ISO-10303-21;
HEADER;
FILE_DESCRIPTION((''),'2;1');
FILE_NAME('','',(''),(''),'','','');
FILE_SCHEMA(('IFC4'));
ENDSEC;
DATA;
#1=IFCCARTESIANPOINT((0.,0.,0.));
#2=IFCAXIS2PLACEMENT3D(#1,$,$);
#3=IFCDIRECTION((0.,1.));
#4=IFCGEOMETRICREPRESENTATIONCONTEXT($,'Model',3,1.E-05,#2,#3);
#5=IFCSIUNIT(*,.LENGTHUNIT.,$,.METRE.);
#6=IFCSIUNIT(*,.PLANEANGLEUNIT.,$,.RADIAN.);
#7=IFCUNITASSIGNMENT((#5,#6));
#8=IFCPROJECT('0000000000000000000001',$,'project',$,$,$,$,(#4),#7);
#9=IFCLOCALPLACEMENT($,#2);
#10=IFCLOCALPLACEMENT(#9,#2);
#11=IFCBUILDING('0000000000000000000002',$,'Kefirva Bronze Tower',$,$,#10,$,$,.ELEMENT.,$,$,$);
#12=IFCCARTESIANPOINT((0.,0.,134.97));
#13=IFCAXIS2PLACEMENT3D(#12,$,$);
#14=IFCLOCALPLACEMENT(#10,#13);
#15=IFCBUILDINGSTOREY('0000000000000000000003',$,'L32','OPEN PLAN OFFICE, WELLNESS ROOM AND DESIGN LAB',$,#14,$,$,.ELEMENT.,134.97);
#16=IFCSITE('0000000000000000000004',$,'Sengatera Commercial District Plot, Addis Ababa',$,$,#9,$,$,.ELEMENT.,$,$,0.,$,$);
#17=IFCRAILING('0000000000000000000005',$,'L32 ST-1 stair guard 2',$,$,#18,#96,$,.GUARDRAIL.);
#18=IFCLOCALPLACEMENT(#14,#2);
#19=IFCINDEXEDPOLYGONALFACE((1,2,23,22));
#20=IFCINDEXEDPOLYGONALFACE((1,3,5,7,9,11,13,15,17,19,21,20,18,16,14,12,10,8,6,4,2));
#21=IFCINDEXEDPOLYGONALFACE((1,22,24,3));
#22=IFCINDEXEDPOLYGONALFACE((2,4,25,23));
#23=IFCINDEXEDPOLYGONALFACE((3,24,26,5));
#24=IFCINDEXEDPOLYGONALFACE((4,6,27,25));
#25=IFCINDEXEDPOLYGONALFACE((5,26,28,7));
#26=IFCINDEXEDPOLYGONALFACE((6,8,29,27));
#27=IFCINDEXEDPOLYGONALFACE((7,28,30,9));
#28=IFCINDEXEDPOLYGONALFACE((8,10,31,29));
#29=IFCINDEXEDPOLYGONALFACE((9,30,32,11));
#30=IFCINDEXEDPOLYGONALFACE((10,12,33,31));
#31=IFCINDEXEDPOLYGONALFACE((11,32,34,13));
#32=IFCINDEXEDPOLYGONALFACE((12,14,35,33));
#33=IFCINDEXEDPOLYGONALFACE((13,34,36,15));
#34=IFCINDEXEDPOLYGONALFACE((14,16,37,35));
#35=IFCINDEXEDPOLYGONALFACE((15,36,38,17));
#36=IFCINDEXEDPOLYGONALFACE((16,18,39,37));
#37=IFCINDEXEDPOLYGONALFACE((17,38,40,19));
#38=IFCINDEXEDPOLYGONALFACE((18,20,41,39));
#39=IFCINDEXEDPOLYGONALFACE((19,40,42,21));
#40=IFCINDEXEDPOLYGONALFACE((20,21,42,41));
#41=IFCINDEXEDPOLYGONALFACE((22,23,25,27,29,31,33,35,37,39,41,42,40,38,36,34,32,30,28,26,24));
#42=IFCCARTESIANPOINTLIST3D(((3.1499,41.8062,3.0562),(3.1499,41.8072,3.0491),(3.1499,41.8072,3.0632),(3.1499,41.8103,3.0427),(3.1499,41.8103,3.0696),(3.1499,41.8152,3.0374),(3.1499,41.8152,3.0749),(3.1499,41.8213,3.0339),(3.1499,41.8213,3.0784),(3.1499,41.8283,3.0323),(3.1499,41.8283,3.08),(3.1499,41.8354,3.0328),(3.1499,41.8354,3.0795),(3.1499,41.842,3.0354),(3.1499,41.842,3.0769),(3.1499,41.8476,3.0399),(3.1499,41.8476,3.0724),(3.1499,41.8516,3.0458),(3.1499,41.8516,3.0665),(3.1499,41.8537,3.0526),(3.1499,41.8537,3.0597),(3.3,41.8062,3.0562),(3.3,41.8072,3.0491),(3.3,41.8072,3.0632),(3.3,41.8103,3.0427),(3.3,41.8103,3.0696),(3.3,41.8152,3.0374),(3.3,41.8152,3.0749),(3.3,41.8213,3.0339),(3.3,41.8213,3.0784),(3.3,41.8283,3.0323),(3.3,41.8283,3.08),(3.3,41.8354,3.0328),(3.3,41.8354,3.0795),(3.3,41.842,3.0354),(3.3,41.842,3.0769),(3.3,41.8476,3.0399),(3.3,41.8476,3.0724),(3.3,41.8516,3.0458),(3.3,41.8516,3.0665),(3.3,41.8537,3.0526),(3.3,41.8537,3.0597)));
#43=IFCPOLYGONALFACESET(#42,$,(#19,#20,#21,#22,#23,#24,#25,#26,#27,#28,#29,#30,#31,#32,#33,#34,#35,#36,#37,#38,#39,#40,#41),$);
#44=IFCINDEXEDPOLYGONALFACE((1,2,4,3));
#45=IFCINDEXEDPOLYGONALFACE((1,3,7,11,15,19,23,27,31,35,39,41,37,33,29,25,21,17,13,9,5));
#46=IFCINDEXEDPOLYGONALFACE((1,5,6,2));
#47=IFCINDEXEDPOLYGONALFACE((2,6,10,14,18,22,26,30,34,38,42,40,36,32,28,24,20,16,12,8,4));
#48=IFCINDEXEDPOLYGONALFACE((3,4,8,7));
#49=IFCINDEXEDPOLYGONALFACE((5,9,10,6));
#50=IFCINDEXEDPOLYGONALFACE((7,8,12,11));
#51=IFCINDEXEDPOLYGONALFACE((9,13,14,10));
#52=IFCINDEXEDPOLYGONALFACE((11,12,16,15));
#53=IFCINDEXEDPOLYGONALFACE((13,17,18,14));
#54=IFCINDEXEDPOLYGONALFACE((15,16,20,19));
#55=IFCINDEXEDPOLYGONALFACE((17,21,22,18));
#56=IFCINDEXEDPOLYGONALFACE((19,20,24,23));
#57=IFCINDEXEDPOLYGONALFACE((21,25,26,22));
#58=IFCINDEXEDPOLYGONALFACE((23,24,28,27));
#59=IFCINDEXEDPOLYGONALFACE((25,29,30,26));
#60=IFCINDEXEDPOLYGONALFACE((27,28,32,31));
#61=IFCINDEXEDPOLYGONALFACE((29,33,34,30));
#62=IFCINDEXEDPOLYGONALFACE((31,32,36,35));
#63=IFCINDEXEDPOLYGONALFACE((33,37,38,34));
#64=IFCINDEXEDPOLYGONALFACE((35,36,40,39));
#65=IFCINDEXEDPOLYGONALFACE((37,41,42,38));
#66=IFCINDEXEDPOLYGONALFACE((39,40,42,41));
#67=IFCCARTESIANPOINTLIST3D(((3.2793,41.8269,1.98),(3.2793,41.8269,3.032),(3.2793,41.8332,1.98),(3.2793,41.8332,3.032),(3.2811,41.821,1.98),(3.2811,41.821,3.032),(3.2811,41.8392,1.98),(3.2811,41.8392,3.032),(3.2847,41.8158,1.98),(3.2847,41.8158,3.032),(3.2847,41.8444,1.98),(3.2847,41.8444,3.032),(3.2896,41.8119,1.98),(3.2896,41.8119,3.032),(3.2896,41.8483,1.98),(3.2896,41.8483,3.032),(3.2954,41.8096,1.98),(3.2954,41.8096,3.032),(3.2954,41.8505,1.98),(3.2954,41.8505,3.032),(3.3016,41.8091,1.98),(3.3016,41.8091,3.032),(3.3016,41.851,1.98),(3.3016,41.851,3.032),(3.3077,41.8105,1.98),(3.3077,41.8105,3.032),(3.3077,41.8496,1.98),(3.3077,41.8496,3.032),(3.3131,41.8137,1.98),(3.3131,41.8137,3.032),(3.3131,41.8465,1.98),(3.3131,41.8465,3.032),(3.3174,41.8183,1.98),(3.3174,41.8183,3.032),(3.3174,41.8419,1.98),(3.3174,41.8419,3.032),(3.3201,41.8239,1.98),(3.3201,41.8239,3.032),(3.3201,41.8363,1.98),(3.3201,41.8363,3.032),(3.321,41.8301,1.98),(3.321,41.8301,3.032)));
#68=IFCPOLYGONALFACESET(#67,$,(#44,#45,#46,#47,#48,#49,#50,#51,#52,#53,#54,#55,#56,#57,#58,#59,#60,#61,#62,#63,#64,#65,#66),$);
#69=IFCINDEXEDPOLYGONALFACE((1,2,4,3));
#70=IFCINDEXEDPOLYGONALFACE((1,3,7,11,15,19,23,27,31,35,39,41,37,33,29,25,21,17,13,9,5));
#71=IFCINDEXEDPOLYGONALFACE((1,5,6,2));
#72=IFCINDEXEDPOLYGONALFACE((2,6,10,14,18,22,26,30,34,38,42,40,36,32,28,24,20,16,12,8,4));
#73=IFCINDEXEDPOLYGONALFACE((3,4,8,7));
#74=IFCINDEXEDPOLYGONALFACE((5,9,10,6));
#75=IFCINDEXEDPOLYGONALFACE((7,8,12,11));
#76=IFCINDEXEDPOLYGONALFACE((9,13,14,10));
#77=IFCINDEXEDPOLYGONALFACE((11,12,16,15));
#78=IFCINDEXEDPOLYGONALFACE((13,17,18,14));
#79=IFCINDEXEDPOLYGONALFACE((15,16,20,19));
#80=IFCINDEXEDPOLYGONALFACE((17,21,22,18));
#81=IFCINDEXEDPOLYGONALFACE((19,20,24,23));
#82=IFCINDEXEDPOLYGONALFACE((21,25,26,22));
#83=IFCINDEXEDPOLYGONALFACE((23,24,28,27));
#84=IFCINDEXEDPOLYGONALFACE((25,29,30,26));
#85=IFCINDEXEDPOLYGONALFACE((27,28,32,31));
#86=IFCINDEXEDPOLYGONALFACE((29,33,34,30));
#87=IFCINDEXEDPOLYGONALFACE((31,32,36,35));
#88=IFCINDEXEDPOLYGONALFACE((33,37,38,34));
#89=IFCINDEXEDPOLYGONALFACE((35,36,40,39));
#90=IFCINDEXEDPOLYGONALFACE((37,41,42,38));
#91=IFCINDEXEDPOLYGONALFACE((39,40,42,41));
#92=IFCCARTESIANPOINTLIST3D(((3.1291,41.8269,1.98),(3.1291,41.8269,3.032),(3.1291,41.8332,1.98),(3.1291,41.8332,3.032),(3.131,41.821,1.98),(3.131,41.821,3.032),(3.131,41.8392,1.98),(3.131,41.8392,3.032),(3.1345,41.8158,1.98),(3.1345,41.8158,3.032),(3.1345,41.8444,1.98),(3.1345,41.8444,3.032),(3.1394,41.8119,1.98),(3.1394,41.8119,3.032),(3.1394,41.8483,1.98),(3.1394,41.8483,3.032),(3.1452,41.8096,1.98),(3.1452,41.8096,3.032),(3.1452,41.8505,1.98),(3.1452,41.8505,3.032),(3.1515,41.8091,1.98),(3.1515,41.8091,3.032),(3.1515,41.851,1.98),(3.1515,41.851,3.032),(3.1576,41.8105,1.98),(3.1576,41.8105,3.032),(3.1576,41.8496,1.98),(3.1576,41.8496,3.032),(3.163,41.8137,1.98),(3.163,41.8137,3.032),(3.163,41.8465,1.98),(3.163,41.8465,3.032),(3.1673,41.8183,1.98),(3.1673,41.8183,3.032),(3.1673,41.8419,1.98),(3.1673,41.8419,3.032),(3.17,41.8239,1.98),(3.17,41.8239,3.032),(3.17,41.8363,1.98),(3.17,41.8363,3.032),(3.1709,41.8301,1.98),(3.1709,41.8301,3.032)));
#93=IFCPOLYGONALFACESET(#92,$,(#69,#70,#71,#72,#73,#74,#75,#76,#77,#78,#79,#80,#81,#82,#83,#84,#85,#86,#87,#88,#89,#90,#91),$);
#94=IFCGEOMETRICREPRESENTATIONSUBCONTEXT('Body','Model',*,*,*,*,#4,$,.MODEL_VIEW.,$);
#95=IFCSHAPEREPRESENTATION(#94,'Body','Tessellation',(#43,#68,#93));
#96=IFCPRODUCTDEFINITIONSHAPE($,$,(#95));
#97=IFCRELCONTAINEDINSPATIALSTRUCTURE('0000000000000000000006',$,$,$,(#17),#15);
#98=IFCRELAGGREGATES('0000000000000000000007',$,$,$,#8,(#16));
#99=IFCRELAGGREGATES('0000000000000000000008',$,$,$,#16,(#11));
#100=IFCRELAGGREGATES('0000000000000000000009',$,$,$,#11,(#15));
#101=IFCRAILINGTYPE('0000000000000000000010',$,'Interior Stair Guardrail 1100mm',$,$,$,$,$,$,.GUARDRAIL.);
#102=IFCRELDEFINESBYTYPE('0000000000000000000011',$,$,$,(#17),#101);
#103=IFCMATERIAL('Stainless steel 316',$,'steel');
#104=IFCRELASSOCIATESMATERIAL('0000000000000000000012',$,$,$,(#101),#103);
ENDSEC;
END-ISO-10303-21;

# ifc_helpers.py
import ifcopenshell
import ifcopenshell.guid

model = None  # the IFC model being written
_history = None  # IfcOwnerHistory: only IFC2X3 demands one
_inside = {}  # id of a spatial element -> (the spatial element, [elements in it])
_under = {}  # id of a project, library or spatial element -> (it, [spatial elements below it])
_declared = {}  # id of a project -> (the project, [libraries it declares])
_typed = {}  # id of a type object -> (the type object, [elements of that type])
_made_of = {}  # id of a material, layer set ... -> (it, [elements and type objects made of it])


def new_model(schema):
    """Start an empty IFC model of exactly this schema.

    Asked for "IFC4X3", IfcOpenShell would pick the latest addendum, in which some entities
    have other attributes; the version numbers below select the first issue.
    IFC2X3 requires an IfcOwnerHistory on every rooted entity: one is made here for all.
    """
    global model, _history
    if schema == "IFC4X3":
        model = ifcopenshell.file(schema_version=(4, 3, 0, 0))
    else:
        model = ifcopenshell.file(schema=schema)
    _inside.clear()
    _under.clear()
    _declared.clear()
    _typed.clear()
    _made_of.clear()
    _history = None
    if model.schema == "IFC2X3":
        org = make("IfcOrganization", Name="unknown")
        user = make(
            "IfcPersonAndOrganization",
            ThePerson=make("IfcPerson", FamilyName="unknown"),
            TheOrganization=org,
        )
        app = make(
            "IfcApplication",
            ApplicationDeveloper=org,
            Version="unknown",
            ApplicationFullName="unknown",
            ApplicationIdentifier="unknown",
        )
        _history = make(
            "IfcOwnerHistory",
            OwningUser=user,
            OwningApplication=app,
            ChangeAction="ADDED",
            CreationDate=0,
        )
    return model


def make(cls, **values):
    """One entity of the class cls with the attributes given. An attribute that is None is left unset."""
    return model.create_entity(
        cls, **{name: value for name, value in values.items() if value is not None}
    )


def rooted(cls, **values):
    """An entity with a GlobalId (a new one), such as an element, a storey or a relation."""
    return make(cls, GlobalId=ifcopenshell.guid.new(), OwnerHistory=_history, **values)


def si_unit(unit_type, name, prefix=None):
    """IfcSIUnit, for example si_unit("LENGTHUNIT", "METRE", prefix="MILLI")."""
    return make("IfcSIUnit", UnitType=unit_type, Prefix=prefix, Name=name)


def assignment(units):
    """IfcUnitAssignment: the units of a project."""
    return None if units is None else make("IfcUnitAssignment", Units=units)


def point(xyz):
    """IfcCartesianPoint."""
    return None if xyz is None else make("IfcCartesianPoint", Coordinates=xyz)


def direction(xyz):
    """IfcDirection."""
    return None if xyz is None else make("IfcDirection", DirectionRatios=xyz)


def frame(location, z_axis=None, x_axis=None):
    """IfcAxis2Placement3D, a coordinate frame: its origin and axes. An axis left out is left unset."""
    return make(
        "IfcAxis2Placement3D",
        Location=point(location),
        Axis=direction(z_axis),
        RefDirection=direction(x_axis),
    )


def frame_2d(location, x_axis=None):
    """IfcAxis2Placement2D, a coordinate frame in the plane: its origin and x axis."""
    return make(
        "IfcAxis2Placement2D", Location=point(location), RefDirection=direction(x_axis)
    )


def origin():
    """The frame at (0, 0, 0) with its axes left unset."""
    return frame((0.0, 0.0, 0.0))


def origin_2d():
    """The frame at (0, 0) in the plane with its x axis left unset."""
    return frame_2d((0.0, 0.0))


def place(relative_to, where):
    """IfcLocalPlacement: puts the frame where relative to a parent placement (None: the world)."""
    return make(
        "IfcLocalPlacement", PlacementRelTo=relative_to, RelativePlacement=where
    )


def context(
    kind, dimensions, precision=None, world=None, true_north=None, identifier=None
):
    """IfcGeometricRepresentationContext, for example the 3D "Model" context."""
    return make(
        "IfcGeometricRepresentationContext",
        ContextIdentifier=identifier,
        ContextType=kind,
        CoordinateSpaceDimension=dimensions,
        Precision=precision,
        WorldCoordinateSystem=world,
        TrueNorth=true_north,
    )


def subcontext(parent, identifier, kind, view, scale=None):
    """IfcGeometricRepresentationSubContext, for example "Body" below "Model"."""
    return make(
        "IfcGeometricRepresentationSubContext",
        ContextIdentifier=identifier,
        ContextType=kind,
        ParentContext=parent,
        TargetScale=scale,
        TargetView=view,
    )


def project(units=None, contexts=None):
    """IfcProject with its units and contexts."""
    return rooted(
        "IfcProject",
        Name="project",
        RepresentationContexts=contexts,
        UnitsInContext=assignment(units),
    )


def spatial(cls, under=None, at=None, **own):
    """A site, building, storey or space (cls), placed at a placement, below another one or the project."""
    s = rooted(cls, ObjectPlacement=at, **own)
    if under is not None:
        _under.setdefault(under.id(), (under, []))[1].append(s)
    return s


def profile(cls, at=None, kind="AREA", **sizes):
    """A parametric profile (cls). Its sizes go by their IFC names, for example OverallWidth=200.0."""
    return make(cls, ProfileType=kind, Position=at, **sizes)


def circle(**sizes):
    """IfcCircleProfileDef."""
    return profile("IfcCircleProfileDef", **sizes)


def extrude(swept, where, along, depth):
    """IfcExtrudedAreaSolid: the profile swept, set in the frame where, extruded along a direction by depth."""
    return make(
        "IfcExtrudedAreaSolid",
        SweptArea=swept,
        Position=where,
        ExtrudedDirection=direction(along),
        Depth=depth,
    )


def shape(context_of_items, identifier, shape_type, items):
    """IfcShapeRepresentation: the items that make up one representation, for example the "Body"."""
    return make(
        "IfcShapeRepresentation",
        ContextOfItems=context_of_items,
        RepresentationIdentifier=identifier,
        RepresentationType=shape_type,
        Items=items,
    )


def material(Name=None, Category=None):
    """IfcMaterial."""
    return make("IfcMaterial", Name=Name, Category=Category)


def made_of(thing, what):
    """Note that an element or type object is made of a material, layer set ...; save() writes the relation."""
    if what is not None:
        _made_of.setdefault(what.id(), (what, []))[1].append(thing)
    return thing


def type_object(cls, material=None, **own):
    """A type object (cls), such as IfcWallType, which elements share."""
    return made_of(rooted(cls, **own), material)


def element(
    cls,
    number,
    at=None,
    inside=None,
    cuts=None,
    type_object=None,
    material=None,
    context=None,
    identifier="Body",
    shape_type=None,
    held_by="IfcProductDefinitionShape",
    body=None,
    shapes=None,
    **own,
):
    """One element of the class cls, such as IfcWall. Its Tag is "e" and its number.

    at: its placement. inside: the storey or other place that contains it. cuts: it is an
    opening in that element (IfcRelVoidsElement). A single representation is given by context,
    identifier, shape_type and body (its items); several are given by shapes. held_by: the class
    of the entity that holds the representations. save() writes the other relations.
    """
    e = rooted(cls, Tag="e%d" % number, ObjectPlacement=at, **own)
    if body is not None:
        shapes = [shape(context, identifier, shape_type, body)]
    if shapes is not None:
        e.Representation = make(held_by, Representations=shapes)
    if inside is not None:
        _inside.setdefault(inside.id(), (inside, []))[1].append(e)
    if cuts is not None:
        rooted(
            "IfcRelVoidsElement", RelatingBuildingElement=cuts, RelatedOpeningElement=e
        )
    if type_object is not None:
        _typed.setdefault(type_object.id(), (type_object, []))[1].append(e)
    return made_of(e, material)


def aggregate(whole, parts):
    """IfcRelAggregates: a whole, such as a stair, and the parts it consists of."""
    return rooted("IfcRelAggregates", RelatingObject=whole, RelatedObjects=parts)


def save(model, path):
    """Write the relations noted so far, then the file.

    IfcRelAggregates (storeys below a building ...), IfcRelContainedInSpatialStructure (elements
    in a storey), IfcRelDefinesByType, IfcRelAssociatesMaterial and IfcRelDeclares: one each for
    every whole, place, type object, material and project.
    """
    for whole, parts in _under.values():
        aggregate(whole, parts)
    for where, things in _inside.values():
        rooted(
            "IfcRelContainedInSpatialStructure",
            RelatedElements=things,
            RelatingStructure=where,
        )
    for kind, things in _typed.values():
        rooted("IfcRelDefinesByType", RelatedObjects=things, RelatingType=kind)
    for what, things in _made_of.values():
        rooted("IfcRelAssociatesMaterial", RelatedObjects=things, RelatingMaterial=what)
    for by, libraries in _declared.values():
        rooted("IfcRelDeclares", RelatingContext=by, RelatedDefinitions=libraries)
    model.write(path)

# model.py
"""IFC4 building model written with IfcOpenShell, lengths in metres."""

from ifc_helpers import new_model, si_unit, direction, frame, origin, origin_2d, place, context, subcontext, project, spatial, circle, extrude, material, type_object, element, save


model = new_model("IFC4")

# Units and contexts
model_context = context("Model", 3, precision=1e-05, world=origin(), true_north=direction((0.0, 1.0)))
body_context = subcontext(model_context, "Body", "Model", "MODEL_VIEW")
ifc_project = project(units=[si_unit("LENGTHUNIT", "METRE"), si_unit("PLANEANGLEUNIT", "RADIAN")], contexts=[model_context])

# Site, building, storey
site_placement = place(None, origin())
site = spatial("IfcSite", under=ifc_project, at=site_placement, Name="Sengatera Commercial District Plot, Addis Ababa", CompositionType="ELEMENT", RefElevation=0.0)
building_placement = place(site_placement, origin())
building = spatial("IfcBuilding", under=site, at=building_placement, Name="Kefirva Bronze Tower", CompositionType="ELEMENT")
storey_placement = place(building_placement, frame((0.0, 0.0, 134.97)))
storey = spatial("IfcBuildingStorey", under=building, at=storey_placement, Name="L32", Description="OPEN PLAN OFFICE, WELLNESS ROOM AND DESIGN LAB", CompositionType="ELEMENT", Elevation=134.97)

# Railing
ifc_material_1 = material(Name="Stainless steel 316", Category="steel")
railing_type_1 = type_object("IfcRailingType", Name="Interior Stair Guardrail 1100mm", PredefinedType="GUARDRAIL", material=ifc_material_1)
railing_1_placement = place(storey_placement, frame((3.3, 41.8301, 1.98)))
element("IfcRailing", 1, at=railing_1_placement, inside=storey, type_object=railing_type_1, Name="L32 ST-1 stair guard 2", PredefinedType="GUARDRAIL", context=body_context, shape_type="SweptSolid", body=[
    extrude(circle(Radius=0.0239, at=origin_2d()), frame((0.0, 0.0, 1.0762), z_axis=(-1.0, 0.0, 0.0), x_axis=(0.0, -1.0, 0.0)), (0.0, 0.0, 1.0), 0.1501),
    extrude(circle(Radius=0.021, at=origin_2d()), origin(), (0.0, 0.0, 1.0), 1.052),
    extrude(circle(Radius=0.021, at=origin_2d()), frame((-0.1501, 0.0, 0.0)), (0.0, 0.0, 1.0), 1.052),
])

save(model, "model.ifc")
